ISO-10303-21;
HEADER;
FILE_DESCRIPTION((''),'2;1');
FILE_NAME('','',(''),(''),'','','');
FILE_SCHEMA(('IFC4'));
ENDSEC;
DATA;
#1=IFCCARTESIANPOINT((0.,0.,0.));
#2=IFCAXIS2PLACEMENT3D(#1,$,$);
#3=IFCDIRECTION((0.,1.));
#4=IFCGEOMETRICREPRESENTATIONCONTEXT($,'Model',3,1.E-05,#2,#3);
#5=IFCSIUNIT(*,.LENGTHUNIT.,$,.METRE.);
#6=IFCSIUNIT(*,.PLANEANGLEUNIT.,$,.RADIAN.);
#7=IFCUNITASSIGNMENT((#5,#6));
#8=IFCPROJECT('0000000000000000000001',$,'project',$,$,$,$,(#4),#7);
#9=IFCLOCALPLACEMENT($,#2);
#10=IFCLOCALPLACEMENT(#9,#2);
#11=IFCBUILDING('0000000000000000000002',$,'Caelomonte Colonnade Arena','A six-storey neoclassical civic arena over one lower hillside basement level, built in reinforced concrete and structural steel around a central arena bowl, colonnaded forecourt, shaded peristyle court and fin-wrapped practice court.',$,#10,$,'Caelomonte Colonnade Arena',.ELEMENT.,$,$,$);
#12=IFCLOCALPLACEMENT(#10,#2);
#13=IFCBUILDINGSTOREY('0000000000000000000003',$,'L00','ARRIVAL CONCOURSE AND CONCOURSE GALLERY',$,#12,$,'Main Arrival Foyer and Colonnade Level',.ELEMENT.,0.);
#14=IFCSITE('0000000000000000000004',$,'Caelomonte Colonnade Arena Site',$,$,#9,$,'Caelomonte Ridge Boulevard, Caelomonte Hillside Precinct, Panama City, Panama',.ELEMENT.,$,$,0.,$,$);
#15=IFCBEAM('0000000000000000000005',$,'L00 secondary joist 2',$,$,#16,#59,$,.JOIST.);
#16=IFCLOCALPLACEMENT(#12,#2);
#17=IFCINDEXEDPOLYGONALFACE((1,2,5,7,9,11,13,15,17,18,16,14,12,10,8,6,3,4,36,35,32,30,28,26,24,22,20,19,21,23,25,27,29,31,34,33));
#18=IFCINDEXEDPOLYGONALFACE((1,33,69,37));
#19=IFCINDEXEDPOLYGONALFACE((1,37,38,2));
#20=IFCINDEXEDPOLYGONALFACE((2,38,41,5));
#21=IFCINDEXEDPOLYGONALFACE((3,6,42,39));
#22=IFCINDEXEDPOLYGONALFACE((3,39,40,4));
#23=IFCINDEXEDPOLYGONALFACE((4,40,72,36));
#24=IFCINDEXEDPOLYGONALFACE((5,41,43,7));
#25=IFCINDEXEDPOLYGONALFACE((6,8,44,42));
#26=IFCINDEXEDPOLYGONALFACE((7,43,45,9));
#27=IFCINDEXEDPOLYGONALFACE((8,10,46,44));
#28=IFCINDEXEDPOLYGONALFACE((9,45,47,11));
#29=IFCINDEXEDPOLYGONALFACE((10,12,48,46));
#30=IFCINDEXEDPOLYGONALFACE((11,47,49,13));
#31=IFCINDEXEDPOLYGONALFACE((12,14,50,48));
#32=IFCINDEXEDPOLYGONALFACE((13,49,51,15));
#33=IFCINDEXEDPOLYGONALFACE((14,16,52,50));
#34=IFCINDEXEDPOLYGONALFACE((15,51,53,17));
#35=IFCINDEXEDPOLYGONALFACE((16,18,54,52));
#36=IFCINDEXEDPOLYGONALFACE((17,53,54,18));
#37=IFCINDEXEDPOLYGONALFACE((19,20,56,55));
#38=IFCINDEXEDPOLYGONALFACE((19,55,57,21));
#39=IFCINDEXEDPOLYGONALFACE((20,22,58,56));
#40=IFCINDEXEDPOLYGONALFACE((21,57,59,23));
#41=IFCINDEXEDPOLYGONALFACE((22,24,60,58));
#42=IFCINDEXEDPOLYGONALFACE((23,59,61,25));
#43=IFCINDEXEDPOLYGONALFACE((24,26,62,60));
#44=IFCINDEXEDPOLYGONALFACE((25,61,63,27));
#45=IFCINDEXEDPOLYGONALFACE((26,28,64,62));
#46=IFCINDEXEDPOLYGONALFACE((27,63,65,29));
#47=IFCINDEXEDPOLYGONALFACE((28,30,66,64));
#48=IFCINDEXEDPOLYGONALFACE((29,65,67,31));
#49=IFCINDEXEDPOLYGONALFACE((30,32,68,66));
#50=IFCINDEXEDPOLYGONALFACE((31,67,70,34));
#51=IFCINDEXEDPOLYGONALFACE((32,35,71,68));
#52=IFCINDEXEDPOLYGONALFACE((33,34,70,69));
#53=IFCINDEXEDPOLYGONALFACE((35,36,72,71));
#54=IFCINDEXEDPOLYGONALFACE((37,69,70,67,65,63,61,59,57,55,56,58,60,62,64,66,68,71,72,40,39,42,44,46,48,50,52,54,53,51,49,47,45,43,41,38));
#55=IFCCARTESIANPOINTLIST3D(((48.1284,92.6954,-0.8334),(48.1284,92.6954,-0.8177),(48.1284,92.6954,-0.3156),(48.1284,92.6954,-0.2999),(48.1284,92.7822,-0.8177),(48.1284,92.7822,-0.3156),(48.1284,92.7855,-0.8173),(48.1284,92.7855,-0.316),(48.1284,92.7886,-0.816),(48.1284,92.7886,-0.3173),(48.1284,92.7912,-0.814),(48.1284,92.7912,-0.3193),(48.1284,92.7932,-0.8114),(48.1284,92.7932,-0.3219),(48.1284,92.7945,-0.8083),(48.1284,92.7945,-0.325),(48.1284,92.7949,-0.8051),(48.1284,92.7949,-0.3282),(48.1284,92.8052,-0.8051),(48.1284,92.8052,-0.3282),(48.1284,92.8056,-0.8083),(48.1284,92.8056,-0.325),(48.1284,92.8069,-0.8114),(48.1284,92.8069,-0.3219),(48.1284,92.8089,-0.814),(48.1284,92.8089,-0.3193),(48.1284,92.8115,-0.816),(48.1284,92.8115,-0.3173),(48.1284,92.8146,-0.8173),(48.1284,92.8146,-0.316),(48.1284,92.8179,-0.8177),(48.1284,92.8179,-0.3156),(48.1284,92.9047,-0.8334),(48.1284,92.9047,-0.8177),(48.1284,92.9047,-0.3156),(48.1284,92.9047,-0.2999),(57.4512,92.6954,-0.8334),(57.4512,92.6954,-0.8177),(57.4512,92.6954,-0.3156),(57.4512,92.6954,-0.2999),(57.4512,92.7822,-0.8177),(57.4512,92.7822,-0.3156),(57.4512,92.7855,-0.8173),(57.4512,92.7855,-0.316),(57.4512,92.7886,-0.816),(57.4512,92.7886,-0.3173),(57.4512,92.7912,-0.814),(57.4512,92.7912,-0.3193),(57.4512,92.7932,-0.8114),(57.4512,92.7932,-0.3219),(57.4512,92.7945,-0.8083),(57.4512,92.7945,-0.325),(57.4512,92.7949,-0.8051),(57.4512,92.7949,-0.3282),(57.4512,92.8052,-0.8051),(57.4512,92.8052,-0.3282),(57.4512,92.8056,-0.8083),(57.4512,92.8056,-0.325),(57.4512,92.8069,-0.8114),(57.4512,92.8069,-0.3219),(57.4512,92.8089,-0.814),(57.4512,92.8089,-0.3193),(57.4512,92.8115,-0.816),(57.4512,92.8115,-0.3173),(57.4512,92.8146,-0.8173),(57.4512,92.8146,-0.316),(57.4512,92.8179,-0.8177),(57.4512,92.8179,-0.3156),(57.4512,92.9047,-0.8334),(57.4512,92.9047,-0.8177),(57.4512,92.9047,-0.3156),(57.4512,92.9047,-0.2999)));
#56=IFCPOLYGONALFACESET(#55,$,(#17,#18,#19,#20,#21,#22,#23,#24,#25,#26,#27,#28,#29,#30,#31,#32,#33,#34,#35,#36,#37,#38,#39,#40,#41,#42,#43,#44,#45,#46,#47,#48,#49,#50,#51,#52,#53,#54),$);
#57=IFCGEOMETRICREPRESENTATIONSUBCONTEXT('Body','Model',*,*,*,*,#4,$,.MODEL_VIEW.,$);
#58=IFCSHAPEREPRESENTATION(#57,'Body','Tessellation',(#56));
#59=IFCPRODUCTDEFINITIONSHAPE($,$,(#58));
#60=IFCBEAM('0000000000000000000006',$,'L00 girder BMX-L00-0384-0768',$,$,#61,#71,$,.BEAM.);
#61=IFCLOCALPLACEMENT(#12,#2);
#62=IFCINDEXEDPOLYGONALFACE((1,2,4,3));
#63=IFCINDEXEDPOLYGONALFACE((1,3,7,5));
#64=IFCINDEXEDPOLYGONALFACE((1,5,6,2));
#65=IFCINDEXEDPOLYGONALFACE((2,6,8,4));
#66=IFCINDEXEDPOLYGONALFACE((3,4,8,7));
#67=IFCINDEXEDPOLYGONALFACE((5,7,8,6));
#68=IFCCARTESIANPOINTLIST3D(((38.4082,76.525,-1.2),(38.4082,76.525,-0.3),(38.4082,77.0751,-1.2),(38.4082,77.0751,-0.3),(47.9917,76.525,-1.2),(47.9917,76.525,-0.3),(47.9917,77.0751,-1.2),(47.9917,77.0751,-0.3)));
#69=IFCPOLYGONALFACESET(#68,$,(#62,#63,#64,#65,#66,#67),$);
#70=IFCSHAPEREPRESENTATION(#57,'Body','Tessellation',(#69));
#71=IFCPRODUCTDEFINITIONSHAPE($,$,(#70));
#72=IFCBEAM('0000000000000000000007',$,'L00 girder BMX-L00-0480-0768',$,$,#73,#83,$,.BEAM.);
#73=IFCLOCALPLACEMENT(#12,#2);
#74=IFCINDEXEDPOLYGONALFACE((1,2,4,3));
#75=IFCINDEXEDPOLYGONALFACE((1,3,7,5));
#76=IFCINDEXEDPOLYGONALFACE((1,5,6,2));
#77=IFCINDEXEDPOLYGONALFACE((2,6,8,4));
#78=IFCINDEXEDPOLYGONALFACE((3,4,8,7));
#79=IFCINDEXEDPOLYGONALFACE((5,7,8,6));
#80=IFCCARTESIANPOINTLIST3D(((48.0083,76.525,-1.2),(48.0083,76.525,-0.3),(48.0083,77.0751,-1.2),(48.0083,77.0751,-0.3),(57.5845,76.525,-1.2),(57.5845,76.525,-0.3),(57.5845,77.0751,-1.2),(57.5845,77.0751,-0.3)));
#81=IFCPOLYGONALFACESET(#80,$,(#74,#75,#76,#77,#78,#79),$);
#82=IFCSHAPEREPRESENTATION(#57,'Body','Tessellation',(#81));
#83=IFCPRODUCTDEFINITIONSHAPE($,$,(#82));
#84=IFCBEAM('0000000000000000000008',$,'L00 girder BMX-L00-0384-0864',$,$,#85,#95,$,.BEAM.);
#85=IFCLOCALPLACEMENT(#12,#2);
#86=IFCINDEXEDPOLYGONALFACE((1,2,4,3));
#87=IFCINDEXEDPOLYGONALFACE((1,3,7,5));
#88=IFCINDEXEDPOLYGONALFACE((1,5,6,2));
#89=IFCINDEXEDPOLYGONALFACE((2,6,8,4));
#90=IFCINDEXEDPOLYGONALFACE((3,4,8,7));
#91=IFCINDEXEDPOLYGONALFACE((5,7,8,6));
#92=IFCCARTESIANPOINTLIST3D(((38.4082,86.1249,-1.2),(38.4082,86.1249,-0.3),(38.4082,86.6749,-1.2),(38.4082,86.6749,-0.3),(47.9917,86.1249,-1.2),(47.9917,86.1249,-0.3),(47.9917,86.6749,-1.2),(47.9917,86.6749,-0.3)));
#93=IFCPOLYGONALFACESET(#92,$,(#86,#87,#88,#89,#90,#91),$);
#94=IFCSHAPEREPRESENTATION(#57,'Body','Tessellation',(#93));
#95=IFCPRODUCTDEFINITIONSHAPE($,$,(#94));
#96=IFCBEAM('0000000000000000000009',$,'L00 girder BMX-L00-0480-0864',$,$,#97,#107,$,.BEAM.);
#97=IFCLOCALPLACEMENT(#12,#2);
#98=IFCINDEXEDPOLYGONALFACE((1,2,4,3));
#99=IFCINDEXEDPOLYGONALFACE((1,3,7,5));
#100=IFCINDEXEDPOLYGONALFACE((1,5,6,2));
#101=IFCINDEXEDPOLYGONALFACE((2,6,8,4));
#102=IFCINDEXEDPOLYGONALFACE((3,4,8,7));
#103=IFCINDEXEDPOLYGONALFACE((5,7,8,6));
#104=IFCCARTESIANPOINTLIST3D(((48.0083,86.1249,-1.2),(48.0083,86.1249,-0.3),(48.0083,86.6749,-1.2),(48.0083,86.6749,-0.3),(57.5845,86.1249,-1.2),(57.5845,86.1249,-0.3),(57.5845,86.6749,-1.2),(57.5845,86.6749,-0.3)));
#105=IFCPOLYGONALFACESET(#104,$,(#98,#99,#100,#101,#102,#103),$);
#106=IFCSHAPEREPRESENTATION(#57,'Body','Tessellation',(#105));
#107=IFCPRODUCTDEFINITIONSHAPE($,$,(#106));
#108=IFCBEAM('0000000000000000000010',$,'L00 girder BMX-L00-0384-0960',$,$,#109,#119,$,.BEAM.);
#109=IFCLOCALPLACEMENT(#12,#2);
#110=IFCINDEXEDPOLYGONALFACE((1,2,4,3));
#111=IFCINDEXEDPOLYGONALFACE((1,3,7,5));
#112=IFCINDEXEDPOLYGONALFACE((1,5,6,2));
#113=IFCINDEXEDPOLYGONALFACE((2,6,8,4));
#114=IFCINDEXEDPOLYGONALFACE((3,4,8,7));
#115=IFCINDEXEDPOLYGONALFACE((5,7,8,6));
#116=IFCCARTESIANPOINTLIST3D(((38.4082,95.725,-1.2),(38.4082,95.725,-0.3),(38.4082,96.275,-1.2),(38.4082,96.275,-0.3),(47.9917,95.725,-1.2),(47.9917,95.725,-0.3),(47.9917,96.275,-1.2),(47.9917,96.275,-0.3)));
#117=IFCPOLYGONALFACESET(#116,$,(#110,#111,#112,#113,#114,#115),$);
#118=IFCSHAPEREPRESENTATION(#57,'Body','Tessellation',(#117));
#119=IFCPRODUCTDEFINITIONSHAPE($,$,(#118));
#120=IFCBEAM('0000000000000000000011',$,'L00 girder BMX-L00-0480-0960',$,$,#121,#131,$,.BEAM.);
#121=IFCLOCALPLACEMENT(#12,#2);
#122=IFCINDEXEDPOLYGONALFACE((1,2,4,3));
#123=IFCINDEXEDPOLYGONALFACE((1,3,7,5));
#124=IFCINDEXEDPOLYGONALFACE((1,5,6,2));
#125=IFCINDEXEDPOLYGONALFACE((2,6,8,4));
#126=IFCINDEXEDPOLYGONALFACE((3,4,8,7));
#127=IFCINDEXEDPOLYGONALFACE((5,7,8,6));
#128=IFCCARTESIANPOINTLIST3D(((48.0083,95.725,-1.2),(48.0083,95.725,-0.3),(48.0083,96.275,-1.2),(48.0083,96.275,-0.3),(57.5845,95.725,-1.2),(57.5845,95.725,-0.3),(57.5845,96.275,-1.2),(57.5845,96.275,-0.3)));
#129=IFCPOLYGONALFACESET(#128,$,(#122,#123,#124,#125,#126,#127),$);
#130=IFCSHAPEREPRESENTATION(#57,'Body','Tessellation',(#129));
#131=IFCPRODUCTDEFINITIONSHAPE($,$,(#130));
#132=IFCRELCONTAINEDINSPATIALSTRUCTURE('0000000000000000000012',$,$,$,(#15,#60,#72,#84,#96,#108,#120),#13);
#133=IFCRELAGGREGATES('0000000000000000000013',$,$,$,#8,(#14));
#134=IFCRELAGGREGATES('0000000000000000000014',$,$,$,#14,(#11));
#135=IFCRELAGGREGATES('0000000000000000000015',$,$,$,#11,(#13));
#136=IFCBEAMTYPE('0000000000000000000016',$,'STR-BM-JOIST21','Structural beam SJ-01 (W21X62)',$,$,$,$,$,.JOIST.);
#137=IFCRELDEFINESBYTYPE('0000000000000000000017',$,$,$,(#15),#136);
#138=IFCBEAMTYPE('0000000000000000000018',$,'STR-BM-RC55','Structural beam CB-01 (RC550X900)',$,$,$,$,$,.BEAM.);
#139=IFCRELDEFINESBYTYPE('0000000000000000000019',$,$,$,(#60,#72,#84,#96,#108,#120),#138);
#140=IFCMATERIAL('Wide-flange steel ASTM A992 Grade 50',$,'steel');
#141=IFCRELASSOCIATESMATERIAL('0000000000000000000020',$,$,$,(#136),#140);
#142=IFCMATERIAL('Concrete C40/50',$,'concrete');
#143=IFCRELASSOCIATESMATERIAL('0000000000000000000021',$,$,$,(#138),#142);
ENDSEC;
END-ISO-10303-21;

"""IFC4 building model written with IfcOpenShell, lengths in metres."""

from ifc_helpers import new_model, si_unit, direction, frame, origin, origin_2d, place, context, subcontext, project, spatial, rectangle, i_section, extrude, material, material_profile, profile_set, type_object, element, save


model = new_model("IFC4")

# Units and contexts
model_context = context("Model", 3, precision=1e-05, world=origin(), true_north=direction((0.0, 1.0)))
body_context = subcontext(model_context, "Body", "Model", "MODEL_VIEW")
ifc_project = project(units=[si_unit("LENGTHUNIT", "METRE"), si_unit("PLANEANGLEUNIT", "RADIAN")], contexts=[model_context])

# Site, building, storey
site_placement = place(None, origin())
site = spatial("IfcSite", under=ifc_project, at=site_placement, Name="Caelomonte Colonnade Arena Site", LongName="Caelomonte Ridge Boulevard, Caelomonte Hillside Precinct, Panama City, Panama", CompositionType="ELEMENT", RefElevation=0.0)
building_placement = place(site_placement, origin())
building = spatial("IfcBuilding", under=site, at=building_placement, Name="Caelomonte Colonnade Arena", Description="A six-storey neoclassical civic arena over one lower hillside basement level, built in reinforced concrete and structural steel around a central arena bowl, colonnaded forecourt, shaded peristyle court and fin-wrapped practice court.", LongName="Caelomonte Colonnade Arena", CompositionType="ELEMENT")
storey_placement = place(building_placement, origin())
storey = spatial("IfcBuildingStorey", under=building, at=storey_placement, Name="L00", Description="ARRIVAL CONCOURSE AND CONCOURSE GALLERY", LongName="Main Arrival Foyer and Colonnade Level", CompositionType="ELEMENT", Elevation=0.0)

# Shared definitions
ifc_material_1 = material(Name="Wide-flange steel ASTM A992 Grade 50", Category="steel")

# Beams
ifc_material_profile_1 = material_profile(ifc_material_1, i_section(OverallWidth=0.2092, OverallDepth=0.5334, WebThickness=0.0103, FlangeThickness=0.0156, FilletRadius=0.0127, at=origin_2d()), Name="W21X62")
ifc_profile_set_1 = profile_set([ifc_material_profile_1], Name="Wide-flange steel ASTM A992 Grade 50")
beam_type_1 = type_object("IfcBeamType", Name="STR-BM-JOIST21", Description="Structural beam SJ-01 (W21X62)", PredefinedType="JOIST", material=ifc_profile_set_1)
for number, where, z_axis, x_axis, name in (
    (1, (48.1284, 92.8, -0.5667), (1.0, 0.0, 0.0), (0.0, 1.0, 0.0), "L00 secondary joist 2"),
):
    element("IfcBeam", number, at=place(storey_placement, frame(where, z_axis=z_axis, x_axis=x_axis)), inside=storey, type_object=beam_type_1, Name=name, PredefinedType="JOIST", context=body_context, shape_type="SweptSolid", body=[
        extrude(i_section(OverallWidth=0.2092, OverallDepth=0.5334, WebThickness=0.0103, FlangeThickness=0.0156, FilletRadius=0.0127, at=origin_2d()), origin(), (0.0, 0.0, 1.0), 9.3228),
    ])
ifc_material_2 = material(Name="Concrete C40/50", Category="concrete")
ifc_material_profile_2 = material_profile(ifc_material_2, rectangle(XDim=0.55, YDim=0.8999, at=origin_2d()), Name="RC550X900")
ifc_profile_set_2 = profile_set([ifc_material_profile_2], Name="Concrete C40/50")
beam_type_2 = type_object("IfcBeamType", Name="STR-BM-RC55", Description="Structural beam CB-01 (RC550X900)", PredefinedType="BEAM", material=ifc_profile_set_2)
beam_1_placement = place(storey_placement, frame((38.4082, 76.8, -0.75), z_axis=(1.0, 0.0, 0.0), x_axis=(0.0, 1.0, 0.0)))
element("IfcBeam", 2, at=beam_1_placement, inside=storey, type_object=beam_type_2, Name="L00 girder BMX-L00-0384-0768", PredefinedType="BEAM", context=body_context, shape_type="SweptSolid", body=[
    extrude(rectangle(XDim=0.55, YDim=0.8999, at=origin_2d()), origin(), (0.0, 0.0, 1.0), 9.5835),
])
beam_2_placement = place(storey_placement, frame((48.0083, 76.8, -0.75), z_axis=(1.0, 0.0, 0.0), x_axis=(0.0, 1.0, 0.0)))
element("IfcBeam", 3, at=beam_2_placement, inside=storey, type_object=beam_type_2, Name="L00 girder BMX-L00-0480-0768", PredefinedType="BEAM", context=body_context, shape_type="SweptSolid", body=[
    extrude(rectangle(XDim=0.55, YDim=0.8999, at=origin_2d()), origin(), (0.0, 0.0, 1.0), 9.5762),
])
beam_3_placement = place(storey_placement, frame((38.4082, 86.3999, -0.75), z_axis=(1.0, 0.0, 0.0), x_axis=(0.0, 1.0, 0.0)))
element("IfcBeam", 4, at=beam_3_placement, inside=storey, type_object=beam_type_2, Name="L00 girder BMX-L00-0384-0864", PredefinedType="BEAM", context=body_context, shape_type="SweptSolid", body=[
    extrude(rectangle(XDim=0.55, YDim=0.8999, at=origin_2d()), origin(), (0.0, 0.0, 1.0), 9.5835),
])
beam_4_placement = place(storey_placement, frame((48.0083, 86.3999, -0.75), z_axis=(1.0, 0.0, 0.0), x_axis=(0.0, 1.0, 0.0)))
element("IfcBeam", 5, at=beam_4_placement, inside=storey, type_object=beam_type_2, Name="L00 girder BMX-L00-0480-0864", PredefinedType="BEAM", context=body_context, shape_type="SweptSolid", body=[
    extrude(rectangle(XDim=0.55, YDim=0.8999, at=origin_2d()), origin(), (0.0, 0.0, 1.0), 9.5762),
])
beam_5_placement = place(storey_placement, frame((38.4082, 96.0, -0.75), z_axis=(1.0, 0.0, 0.0), x_axis=(0.0, 1.0, 0.0)))
element("IfcBeam", 6, at=beam_5_placement, inside=storey, type_object=beam_type_2, Name="L00 girder BMX-L00-0384-0960", PredefinedType="BEAM", context=body_context, shape_type="SweptSolid", body=[
    extrude(rectangle(XDim=0.55, YDim=0.8999, at=origin_2d()), origin(), (0.0, 0.0, 1.0), 9.5835),
])
beam_6_placement = place(storey_placement, frame((48.0083, 96.0, -0.75), z_axis=(1.0, 0.0, 0.0), x_axis=(0.0, 1.0, 0.0)))
element("IfcBeam", 7, at=beam_6_placement, inside=storey, type_object=beam_type_2, Name="L00 girder BMX-L00-0480-0960", PredefinedType="BEAM", context=body_context, shape_type="SweptSolid", body=[
    extrude(rectangle(XDim=0.55, YDim=0.8999, at=origin_2d()), origin(), (0.0, 0.0, 1.0), 9.5762),
])

save(model, "model.ifc")
